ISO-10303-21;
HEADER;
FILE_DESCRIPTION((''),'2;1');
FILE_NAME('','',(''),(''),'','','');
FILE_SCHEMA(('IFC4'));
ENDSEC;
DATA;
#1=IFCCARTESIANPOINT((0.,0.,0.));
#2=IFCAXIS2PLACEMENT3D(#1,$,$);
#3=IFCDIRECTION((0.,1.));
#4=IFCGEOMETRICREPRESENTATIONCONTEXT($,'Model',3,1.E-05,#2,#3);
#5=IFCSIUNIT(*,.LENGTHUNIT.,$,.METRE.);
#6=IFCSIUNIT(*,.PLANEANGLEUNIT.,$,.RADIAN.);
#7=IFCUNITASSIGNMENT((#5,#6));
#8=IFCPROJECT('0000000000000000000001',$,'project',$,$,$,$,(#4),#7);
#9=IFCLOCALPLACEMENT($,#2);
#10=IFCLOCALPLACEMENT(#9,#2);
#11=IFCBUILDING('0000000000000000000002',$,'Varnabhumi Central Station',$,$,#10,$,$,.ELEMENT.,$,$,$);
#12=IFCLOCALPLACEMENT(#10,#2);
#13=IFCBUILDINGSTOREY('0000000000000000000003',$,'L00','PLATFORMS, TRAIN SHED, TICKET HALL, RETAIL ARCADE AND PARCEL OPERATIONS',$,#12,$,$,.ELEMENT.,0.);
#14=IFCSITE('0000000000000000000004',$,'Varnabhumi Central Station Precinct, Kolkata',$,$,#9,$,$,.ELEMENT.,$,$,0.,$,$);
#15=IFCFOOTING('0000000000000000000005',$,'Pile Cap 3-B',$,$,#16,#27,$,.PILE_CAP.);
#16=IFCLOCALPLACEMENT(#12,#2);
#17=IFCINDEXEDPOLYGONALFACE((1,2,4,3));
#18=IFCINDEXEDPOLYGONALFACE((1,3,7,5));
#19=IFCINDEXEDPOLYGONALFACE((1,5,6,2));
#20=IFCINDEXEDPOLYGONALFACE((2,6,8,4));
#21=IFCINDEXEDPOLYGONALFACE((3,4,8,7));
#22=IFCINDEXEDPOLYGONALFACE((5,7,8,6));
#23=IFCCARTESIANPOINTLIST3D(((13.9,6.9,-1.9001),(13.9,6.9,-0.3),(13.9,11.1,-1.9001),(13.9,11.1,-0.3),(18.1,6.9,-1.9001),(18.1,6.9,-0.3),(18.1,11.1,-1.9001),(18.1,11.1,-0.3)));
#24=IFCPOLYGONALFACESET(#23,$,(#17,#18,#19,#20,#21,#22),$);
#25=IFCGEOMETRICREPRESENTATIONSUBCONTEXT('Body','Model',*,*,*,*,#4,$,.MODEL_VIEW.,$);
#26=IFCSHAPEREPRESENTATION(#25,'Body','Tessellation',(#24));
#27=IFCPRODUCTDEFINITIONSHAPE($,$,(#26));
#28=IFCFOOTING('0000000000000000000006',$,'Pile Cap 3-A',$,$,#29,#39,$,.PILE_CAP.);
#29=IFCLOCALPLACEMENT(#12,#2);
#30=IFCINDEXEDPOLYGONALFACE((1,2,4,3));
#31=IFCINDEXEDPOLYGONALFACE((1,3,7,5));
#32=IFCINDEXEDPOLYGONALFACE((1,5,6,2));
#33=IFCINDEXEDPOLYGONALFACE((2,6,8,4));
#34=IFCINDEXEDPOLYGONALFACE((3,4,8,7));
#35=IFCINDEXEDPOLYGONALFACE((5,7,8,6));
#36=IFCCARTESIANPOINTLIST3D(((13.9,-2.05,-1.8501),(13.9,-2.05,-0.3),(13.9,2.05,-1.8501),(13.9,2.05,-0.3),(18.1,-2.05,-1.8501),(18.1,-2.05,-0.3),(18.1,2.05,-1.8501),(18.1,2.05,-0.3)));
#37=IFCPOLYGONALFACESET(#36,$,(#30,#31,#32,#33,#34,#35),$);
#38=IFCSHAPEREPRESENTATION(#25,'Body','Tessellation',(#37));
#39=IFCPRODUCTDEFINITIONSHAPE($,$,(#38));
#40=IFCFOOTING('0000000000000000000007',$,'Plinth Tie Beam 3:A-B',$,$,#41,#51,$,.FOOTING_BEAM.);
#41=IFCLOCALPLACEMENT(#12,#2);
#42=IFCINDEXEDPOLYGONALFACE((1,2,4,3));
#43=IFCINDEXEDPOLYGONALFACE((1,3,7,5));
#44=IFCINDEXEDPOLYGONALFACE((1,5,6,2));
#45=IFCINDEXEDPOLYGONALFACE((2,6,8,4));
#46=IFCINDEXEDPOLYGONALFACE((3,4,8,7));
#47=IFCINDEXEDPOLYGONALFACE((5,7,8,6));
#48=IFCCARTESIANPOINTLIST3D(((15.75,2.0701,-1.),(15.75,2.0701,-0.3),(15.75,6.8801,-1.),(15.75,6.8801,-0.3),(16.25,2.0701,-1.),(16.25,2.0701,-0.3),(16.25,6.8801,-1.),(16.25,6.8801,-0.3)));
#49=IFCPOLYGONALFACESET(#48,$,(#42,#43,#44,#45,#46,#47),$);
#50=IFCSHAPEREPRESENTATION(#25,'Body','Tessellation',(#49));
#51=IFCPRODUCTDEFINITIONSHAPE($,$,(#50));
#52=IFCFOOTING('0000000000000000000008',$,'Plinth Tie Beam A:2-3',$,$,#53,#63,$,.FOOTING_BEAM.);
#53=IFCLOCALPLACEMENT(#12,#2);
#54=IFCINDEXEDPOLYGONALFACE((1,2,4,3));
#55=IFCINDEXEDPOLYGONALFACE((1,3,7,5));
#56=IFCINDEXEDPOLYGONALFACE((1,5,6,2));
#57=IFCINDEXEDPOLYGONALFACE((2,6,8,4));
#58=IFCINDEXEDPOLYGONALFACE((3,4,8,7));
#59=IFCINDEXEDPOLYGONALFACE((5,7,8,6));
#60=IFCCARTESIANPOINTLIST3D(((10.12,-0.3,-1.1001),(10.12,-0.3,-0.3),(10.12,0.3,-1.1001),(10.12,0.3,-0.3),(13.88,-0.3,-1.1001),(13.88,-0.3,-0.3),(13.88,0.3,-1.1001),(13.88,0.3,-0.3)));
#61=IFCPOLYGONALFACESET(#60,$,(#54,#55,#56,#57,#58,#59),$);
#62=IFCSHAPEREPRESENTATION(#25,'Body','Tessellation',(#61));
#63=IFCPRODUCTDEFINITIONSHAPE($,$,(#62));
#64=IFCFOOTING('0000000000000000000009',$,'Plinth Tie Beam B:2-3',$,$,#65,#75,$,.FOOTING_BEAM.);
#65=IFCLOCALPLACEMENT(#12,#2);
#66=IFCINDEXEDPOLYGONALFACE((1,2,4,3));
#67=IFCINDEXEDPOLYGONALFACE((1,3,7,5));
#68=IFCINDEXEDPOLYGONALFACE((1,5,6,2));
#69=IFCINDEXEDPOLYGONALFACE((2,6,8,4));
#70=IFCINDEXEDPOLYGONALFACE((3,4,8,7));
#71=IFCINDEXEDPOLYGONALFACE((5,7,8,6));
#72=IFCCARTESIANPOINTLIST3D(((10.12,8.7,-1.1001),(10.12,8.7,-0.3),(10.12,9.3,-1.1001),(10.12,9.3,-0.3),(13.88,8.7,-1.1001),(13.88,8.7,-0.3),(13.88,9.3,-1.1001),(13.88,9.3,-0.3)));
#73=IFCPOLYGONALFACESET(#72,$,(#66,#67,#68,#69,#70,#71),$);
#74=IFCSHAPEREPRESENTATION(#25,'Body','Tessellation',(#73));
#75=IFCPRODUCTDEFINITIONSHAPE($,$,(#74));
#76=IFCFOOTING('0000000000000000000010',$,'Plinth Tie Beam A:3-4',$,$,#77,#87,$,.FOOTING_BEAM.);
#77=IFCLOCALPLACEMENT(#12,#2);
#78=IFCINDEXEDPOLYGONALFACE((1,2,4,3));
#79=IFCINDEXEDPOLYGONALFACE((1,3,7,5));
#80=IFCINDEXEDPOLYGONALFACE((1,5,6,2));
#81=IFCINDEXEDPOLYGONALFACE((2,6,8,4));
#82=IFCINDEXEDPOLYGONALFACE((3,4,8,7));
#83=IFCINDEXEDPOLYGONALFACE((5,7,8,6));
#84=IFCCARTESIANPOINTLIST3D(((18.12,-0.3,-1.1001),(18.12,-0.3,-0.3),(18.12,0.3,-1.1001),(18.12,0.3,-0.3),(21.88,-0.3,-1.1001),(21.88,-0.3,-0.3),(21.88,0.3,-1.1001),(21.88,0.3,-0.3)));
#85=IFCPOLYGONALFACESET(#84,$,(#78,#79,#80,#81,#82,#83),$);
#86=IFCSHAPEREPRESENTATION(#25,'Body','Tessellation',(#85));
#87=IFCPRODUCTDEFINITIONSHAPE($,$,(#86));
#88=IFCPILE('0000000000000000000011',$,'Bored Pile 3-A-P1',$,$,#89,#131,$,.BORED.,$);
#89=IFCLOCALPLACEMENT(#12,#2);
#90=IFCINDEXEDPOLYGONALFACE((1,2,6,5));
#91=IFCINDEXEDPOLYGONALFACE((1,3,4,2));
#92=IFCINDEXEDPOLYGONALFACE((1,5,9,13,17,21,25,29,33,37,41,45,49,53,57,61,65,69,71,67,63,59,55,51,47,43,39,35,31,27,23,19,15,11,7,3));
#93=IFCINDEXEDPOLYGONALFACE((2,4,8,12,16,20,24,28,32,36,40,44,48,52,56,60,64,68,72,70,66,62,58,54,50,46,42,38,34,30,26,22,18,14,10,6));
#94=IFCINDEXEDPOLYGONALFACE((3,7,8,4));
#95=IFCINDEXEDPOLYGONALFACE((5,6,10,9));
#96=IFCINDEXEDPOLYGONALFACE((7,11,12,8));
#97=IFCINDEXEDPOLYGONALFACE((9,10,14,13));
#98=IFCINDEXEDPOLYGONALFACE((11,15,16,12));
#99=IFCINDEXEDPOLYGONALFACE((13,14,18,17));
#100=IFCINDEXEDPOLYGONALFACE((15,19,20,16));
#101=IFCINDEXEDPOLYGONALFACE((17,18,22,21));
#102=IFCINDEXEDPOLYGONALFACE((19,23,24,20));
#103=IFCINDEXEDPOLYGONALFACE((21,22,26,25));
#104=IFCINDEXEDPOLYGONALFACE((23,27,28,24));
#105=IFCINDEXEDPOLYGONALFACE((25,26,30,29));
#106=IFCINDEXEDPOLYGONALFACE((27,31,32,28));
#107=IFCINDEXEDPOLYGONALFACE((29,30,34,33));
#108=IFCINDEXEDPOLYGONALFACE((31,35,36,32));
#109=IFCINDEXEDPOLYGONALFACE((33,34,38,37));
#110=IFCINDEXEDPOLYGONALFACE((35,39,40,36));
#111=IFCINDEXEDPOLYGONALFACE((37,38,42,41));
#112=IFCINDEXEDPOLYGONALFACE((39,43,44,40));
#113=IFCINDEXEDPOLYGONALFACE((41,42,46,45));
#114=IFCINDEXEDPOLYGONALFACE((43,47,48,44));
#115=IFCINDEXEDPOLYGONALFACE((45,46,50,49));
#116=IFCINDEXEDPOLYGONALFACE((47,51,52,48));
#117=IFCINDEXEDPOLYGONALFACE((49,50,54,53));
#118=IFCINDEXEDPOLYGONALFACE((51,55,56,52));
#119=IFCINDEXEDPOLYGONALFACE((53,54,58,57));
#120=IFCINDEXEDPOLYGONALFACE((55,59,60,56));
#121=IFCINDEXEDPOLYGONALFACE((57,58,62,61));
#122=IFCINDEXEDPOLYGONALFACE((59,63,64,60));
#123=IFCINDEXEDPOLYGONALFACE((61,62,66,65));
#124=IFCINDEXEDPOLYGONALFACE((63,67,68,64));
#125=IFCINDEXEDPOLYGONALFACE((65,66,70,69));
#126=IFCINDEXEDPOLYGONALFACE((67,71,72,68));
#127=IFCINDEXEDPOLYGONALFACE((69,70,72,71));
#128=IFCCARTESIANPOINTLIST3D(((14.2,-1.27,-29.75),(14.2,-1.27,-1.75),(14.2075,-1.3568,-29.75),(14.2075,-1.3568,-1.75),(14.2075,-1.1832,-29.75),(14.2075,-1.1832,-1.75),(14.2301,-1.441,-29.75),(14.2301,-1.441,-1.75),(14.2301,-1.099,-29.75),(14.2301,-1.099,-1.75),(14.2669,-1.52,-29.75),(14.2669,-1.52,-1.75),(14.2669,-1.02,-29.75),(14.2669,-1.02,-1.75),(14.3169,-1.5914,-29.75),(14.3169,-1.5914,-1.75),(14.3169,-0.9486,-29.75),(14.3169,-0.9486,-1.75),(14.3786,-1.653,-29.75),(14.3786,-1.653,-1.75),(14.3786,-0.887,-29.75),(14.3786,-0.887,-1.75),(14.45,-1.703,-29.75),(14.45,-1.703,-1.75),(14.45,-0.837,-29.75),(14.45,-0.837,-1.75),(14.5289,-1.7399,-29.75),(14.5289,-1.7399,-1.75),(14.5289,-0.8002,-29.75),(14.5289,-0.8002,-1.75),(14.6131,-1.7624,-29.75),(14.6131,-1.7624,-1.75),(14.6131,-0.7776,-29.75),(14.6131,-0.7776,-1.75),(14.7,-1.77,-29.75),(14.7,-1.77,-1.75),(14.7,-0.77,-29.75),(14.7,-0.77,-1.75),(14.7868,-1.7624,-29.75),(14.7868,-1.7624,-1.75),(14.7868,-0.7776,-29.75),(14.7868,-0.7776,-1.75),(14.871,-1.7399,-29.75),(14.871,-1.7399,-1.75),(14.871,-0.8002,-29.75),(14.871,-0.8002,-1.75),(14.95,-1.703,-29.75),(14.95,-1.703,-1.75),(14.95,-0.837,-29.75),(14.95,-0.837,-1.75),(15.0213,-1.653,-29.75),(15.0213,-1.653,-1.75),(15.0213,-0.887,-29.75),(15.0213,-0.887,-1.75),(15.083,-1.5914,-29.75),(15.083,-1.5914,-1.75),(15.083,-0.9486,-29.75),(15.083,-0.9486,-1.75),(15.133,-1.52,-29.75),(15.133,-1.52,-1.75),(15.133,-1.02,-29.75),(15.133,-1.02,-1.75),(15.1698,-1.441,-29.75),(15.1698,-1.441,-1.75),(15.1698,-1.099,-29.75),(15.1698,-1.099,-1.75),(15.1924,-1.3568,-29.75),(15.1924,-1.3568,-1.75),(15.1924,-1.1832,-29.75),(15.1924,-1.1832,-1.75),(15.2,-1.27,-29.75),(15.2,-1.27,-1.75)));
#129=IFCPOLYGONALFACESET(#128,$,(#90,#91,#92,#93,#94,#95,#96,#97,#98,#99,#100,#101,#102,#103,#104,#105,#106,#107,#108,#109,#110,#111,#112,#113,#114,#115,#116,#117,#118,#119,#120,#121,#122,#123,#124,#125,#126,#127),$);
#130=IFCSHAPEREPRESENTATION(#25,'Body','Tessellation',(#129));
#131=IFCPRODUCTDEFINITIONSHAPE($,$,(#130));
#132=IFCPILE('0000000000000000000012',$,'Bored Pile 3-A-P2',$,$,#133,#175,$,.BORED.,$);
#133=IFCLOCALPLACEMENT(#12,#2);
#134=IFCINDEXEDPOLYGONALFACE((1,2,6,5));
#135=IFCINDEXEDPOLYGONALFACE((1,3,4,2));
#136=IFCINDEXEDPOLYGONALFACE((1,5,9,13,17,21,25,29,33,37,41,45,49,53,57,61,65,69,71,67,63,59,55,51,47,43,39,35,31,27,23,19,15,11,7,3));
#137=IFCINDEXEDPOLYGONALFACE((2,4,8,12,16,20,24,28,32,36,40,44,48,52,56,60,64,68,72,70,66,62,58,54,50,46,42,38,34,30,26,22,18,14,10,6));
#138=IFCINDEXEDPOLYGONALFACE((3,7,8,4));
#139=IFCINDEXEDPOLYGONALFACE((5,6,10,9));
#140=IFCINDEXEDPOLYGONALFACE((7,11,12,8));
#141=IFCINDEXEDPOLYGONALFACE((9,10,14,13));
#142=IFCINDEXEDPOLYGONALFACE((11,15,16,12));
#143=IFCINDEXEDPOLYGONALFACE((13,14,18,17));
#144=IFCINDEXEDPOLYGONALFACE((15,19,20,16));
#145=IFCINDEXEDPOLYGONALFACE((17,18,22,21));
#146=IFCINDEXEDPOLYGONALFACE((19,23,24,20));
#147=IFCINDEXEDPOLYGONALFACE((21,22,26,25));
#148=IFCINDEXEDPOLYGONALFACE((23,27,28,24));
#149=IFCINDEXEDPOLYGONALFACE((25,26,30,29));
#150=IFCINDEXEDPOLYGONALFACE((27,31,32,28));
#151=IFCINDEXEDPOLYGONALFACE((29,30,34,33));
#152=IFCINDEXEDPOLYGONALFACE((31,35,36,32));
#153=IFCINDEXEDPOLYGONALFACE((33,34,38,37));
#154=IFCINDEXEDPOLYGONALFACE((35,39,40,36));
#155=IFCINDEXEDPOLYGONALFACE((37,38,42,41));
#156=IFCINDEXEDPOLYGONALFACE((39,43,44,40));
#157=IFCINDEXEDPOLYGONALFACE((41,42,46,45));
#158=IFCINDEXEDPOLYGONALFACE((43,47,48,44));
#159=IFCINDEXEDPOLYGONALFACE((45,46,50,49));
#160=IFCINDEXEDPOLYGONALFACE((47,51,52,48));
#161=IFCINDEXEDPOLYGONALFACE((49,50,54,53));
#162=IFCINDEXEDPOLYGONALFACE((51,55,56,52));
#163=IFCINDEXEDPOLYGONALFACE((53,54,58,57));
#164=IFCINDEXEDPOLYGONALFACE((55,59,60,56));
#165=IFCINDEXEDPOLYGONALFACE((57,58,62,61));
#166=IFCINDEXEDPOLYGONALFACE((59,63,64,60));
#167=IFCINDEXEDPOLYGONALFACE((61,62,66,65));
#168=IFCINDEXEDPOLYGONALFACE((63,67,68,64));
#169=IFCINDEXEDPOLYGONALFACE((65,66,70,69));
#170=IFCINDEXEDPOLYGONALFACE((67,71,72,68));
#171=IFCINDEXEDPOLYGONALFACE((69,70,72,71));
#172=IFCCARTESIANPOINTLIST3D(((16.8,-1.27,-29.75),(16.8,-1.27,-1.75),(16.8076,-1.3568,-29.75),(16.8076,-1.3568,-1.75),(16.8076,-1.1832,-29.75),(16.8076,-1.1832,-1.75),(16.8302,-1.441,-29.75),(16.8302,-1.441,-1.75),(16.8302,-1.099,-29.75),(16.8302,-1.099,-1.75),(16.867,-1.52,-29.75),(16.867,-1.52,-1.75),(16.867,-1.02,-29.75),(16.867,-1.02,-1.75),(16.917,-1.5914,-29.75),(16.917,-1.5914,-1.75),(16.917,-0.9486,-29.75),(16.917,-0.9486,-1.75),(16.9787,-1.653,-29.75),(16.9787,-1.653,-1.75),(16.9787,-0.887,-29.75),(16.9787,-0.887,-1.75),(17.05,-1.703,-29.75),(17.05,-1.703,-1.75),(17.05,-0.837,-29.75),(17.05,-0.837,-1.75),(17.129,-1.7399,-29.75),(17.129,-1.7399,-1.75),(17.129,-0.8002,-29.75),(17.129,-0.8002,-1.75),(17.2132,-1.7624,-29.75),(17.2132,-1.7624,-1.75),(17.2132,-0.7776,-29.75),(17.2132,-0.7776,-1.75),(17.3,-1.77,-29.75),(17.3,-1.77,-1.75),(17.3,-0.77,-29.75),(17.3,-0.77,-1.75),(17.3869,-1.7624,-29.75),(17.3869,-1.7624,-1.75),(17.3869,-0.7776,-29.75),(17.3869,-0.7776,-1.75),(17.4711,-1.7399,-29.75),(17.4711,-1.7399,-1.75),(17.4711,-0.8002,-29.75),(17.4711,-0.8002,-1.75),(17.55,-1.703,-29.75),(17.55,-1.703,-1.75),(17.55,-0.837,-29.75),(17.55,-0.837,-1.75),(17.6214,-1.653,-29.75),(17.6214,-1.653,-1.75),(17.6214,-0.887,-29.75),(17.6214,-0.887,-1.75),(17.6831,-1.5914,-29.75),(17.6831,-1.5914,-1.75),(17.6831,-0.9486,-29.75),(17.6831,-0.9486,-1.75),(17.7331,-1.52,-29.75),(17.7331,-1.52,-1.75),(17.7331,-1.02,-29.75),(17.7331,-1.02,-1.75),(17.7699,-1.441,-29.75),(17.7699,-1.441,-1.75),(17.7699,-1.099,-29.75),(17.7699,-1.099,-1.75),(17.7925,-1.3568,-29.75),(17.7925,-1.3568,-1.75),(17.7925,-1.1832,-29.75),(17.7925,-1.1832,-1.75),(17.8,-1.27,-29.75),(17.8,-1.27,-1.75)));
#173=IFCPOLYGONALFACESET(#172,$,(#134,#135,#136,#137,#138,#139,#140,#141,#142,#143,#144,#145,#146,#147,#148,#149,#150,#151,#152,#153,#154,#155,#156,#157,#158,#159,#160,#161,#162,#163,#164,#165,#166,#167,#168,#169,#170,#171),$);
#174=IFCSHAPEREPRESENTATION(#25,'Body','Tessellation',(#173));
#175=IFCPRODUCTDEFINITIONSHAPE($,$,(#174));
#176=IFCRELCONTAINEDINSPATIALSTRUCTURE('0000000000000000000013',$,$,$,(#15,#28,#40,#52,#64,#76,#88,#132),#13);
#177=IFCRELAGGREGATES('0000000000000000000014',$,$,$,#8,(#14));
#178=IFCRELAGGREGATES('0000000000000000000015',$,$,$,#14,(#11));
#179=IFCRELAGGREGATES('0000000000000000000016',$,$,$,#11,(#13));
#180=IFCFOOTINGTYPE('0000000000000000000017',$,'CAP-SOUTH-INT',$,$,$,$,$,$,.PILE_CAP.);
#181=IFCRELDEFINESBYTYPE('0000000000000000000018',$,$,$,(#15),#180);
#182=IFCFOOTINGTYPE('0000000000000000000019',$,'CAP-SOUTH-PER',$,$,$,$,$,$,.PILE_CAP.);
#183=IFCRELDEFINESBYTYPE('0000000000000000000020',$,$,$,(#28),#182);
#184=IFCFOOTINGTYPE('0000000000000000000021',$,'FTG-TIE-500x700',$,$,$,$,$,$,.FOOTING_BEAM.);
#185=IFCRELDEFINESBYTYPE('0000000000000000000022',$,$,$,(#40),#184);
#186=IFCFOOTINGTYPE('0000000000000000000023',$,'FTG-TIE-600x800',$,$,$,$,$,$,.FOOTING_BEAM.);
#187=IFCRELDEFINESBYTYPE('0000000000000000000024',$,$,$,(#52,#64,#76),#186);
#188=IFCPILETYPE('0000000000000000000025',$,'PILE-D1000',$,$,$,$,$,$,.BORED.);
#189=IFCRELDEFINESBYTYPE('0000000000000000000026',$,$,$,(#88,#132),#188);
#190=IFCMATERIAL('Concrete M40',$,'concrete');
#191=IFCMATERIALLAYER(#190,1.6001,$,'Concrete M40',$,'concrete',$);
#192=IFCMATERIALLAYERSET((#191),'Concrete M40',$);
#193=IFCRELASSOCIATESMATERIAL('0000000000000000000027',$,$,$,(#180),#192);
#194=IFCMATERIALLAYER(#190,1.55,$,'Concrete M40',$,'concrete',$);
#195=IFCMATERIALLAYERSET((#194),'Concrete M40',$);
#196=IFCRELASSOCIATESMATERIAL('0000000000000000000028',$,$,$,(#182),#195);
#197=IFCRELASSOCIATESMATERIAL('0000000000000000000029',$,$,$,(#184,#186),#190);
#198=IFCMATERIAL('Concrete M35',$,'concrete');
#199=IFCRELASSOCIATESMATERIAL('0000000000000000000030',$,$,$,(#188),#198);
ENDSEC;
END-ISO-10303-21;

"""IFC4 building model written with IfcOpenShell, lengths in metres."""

from ifc_helpers import new_model, si_unit, direction, frame, origin, origin_2d, place, context, subcontext, project, spatial, rectangle, circle, extrude, material, layer, layer_set, material_profile, profile_set, type_object, element, save


model = new_model("IFC4")

# Units and contexts
model_context = context("Model", 3, precision=1e-05, world=origin(), true_north=direction((0.0, 1.0)))
body_context = subcontext(model_context, "Body", "Model", "MODEL_VIEW")
ifc_project = project(units=[si_unit("LENGTHUNIT", "METRE"), si_unit("PLANEANGLEUNIT", "RADIAN")], contexts=[model_context])

# Site, building, storey
site_placement = place(None, origin())
site = spatial("IfcSite", under=ifc_project, at=site_placement, Name="Varnabhumi Central Station Precinct, Kolkata", CompositionType="ELEMENT", RefElevation=0.0)
building_placement = place(site_placement, origin())
building = spatial("IfcBuilding", under=site, at=building_placement, Name="Varnabhumi Central Station", CompositionType="ELEMENT")
storey_placement = place(building_placement, origin())
storey = spatial("IfcBuildingStorey", under=building, at=storey_placement, Name="L00", Description="PLATFORMS, TRAIN SHED, TICKET HALL, RETAIL ARCADE AND PARCEL OPERATIONS", CompositionType="ELEMENT", Elevation=0.0)

# Footings
ifc_material_1 = material(Name="Concrete M40", Category="concrete")
ifc_layer_1 = layer(ifc_material_1, 1.6001, Name="Concrete M40", Category="concrete")
ifc_layer_set_1 = layer_set([ifc_layer_1], Name="Concrete M40")
footing_type_1 = type_object("IfcFootingType", Name="CAP-SOUTH-INT", PredefinedType="PILE_CAP", material=ifc_layer_set_1)
footing_1_placement = place(storey_placement, frame((16.0, 9.0, -1.9001), z_axis=(0.0, 0.0, 1.0), x_axis=(1.0, 0.0, 0.0)))
element("IfcFooting", 1, at=footing_1_placement, inside=storey, type_object=footing_type_1, Name="Pile Cap 3-B", PredefinedType="PILE_CAP", context=body_context, shape_type="SweptSolid", body=[
    extrude(rectangle(XDim=4.2, YDim=4.2, at=origin_2d()), origin(), (0.0, 0.0, 1.0), 1.6001),
])
ifc_layer_2 = layer(ifc_material_1, 1.55, Name="Concrete M40", Category="concrete")
ifc_layer_set_2 = layer_set([ifc_layer_2], Name="Concrete M40")
footing_type_2 = type_object("IfcFootingType", Name="CAP-SOUTH-PER", PredefinedType="PILE_CAP", material=ifc_layer_set_2)
footing_2_placement = place(storey_placement, frame((16.0, 0.0, -1.8501), z_axis=(0.0, 0.0, 1.0), x_axis=(1.0, 0.0, 0.0)))
element("IfcFooting", 2, at=footing_2_placement, inside=storey, type_object=footing_type_2, Name="Pile Cap 3-A", PredefinedType="PILE_CAP", context=body_context, shape_type="SweptSolid", body=[
    extrude(rectangle(XDim=4.2, YDim=4.1001, at=origin_2d()), origin(), (0.0, 0.0, 1.0), 1.55),
])
footing_type_3 = type_object("IfcFootingType", Name="FTG-TIE-500x700", PredefinedType="FOOTING_BEAM", material=ifc_material_1)
footing_3_placement = place(storey_placement, frame((16.0, 4.4751, -1.0), z_axis=(0.0, 0.0, 1.0), x_axis=(1.0, 0.0, 0.0)))
element("IfcFooting", 3, at=footing_3_placement, inside=storey, type_object=footing_type_3, Name="Plinth Tie Beam 3:A-B", PredefinedType="FOOTING_BEAM", context=body_context, shape_type="SweptSolid", body=[
    extrude(rectangle(XDim=0.5, YDim=4.8101, at=origin_2d()), origin(), (0.0, 0.0, 1.0), 0.7),
])
footing_type_4 = type_object("IfcFootingType", Name="FTG-TIE-600x800", PredefinedType="FOOTING_BEAM", material=ifc_material_1)
for number, where, z_axis, x_axis, name in (
    (4, (12.0, 0.0, -1.1001), (0.0, 0.0, 1.0), (1.0, 0.0, 0.0), "Plinth Tie Beam A:2-3"),
    (5, (12.0, 9.0, -1.1001), (0.0, 0.0, 1.0), (1.0, 0.0, 0.0), "Plinth Tie Beam B:2-3"),
    (6, (20.0, 0.0, -1.1001), (0.0, 0.0, 1.0), (1.0, 0.0, 0.0), "Plinth Tie Beam A:3-4"),
):
    element("IfcFooting", number, at=place(storey_placement, frame(where, z_axis=z_axis, x_axis=x_axis)), inside=storey, type_object=footing_type_4, Name=name, PredefinedType="FOOTING_BEAM", context=body_context, shape_type="SweptSolid", body=[
        extrude(rectangle(XDim=3.76, YDim=0.6001, at=origin_2d()), origin(), (0.0, 0.0, 1.0), 0.8),
    ])

# Piles
ifc_material_2 = material(Name="Concrete M35", Category="concrete")
ifc_material_profile_1 = material_profile(ifc_material_2, circle(Radius=0.5, at=origin_2d()), Name="Concrete M35", Category="concrete")
ifc_profile_set_1 = profile_set([ifc_material_profile_1], Name="Concrete M35")
pile_type_1 = type_object("IfcPileType", Name="PILE-D1000", PredefinedType="BORED", material=ifc_profile_set_1)
for number, where, z_axis, x_axis, name in (
    (7, (14.7, -1.27, -1.75), (0.0, 0.0, -1.0), (1.0, 0.0, 0.0), "Bored Pile 3-A-P1"),
    (8, (17.3, -1.27, -1.75), (0.0, 0.0, -1.0), (1.0, 0.0, 0.0), "Bored Pile 3-A-P2"),
):
    element("IfcPile", number, at=place(storey_placement, frame(where, z_axis=z_axis, x_axis=x_axis)), inside=storey, type_object=pile_type_1, Name=name, PredefinedType="BORED", context=body_context, shape_type="SweptSolid", body=[
        extrude(circle(Radius=0.5, at=origin_2d()), origin(), (0.0, 0.0, 1.0), 28.0),
    ])

save(model, "model.ifc")
